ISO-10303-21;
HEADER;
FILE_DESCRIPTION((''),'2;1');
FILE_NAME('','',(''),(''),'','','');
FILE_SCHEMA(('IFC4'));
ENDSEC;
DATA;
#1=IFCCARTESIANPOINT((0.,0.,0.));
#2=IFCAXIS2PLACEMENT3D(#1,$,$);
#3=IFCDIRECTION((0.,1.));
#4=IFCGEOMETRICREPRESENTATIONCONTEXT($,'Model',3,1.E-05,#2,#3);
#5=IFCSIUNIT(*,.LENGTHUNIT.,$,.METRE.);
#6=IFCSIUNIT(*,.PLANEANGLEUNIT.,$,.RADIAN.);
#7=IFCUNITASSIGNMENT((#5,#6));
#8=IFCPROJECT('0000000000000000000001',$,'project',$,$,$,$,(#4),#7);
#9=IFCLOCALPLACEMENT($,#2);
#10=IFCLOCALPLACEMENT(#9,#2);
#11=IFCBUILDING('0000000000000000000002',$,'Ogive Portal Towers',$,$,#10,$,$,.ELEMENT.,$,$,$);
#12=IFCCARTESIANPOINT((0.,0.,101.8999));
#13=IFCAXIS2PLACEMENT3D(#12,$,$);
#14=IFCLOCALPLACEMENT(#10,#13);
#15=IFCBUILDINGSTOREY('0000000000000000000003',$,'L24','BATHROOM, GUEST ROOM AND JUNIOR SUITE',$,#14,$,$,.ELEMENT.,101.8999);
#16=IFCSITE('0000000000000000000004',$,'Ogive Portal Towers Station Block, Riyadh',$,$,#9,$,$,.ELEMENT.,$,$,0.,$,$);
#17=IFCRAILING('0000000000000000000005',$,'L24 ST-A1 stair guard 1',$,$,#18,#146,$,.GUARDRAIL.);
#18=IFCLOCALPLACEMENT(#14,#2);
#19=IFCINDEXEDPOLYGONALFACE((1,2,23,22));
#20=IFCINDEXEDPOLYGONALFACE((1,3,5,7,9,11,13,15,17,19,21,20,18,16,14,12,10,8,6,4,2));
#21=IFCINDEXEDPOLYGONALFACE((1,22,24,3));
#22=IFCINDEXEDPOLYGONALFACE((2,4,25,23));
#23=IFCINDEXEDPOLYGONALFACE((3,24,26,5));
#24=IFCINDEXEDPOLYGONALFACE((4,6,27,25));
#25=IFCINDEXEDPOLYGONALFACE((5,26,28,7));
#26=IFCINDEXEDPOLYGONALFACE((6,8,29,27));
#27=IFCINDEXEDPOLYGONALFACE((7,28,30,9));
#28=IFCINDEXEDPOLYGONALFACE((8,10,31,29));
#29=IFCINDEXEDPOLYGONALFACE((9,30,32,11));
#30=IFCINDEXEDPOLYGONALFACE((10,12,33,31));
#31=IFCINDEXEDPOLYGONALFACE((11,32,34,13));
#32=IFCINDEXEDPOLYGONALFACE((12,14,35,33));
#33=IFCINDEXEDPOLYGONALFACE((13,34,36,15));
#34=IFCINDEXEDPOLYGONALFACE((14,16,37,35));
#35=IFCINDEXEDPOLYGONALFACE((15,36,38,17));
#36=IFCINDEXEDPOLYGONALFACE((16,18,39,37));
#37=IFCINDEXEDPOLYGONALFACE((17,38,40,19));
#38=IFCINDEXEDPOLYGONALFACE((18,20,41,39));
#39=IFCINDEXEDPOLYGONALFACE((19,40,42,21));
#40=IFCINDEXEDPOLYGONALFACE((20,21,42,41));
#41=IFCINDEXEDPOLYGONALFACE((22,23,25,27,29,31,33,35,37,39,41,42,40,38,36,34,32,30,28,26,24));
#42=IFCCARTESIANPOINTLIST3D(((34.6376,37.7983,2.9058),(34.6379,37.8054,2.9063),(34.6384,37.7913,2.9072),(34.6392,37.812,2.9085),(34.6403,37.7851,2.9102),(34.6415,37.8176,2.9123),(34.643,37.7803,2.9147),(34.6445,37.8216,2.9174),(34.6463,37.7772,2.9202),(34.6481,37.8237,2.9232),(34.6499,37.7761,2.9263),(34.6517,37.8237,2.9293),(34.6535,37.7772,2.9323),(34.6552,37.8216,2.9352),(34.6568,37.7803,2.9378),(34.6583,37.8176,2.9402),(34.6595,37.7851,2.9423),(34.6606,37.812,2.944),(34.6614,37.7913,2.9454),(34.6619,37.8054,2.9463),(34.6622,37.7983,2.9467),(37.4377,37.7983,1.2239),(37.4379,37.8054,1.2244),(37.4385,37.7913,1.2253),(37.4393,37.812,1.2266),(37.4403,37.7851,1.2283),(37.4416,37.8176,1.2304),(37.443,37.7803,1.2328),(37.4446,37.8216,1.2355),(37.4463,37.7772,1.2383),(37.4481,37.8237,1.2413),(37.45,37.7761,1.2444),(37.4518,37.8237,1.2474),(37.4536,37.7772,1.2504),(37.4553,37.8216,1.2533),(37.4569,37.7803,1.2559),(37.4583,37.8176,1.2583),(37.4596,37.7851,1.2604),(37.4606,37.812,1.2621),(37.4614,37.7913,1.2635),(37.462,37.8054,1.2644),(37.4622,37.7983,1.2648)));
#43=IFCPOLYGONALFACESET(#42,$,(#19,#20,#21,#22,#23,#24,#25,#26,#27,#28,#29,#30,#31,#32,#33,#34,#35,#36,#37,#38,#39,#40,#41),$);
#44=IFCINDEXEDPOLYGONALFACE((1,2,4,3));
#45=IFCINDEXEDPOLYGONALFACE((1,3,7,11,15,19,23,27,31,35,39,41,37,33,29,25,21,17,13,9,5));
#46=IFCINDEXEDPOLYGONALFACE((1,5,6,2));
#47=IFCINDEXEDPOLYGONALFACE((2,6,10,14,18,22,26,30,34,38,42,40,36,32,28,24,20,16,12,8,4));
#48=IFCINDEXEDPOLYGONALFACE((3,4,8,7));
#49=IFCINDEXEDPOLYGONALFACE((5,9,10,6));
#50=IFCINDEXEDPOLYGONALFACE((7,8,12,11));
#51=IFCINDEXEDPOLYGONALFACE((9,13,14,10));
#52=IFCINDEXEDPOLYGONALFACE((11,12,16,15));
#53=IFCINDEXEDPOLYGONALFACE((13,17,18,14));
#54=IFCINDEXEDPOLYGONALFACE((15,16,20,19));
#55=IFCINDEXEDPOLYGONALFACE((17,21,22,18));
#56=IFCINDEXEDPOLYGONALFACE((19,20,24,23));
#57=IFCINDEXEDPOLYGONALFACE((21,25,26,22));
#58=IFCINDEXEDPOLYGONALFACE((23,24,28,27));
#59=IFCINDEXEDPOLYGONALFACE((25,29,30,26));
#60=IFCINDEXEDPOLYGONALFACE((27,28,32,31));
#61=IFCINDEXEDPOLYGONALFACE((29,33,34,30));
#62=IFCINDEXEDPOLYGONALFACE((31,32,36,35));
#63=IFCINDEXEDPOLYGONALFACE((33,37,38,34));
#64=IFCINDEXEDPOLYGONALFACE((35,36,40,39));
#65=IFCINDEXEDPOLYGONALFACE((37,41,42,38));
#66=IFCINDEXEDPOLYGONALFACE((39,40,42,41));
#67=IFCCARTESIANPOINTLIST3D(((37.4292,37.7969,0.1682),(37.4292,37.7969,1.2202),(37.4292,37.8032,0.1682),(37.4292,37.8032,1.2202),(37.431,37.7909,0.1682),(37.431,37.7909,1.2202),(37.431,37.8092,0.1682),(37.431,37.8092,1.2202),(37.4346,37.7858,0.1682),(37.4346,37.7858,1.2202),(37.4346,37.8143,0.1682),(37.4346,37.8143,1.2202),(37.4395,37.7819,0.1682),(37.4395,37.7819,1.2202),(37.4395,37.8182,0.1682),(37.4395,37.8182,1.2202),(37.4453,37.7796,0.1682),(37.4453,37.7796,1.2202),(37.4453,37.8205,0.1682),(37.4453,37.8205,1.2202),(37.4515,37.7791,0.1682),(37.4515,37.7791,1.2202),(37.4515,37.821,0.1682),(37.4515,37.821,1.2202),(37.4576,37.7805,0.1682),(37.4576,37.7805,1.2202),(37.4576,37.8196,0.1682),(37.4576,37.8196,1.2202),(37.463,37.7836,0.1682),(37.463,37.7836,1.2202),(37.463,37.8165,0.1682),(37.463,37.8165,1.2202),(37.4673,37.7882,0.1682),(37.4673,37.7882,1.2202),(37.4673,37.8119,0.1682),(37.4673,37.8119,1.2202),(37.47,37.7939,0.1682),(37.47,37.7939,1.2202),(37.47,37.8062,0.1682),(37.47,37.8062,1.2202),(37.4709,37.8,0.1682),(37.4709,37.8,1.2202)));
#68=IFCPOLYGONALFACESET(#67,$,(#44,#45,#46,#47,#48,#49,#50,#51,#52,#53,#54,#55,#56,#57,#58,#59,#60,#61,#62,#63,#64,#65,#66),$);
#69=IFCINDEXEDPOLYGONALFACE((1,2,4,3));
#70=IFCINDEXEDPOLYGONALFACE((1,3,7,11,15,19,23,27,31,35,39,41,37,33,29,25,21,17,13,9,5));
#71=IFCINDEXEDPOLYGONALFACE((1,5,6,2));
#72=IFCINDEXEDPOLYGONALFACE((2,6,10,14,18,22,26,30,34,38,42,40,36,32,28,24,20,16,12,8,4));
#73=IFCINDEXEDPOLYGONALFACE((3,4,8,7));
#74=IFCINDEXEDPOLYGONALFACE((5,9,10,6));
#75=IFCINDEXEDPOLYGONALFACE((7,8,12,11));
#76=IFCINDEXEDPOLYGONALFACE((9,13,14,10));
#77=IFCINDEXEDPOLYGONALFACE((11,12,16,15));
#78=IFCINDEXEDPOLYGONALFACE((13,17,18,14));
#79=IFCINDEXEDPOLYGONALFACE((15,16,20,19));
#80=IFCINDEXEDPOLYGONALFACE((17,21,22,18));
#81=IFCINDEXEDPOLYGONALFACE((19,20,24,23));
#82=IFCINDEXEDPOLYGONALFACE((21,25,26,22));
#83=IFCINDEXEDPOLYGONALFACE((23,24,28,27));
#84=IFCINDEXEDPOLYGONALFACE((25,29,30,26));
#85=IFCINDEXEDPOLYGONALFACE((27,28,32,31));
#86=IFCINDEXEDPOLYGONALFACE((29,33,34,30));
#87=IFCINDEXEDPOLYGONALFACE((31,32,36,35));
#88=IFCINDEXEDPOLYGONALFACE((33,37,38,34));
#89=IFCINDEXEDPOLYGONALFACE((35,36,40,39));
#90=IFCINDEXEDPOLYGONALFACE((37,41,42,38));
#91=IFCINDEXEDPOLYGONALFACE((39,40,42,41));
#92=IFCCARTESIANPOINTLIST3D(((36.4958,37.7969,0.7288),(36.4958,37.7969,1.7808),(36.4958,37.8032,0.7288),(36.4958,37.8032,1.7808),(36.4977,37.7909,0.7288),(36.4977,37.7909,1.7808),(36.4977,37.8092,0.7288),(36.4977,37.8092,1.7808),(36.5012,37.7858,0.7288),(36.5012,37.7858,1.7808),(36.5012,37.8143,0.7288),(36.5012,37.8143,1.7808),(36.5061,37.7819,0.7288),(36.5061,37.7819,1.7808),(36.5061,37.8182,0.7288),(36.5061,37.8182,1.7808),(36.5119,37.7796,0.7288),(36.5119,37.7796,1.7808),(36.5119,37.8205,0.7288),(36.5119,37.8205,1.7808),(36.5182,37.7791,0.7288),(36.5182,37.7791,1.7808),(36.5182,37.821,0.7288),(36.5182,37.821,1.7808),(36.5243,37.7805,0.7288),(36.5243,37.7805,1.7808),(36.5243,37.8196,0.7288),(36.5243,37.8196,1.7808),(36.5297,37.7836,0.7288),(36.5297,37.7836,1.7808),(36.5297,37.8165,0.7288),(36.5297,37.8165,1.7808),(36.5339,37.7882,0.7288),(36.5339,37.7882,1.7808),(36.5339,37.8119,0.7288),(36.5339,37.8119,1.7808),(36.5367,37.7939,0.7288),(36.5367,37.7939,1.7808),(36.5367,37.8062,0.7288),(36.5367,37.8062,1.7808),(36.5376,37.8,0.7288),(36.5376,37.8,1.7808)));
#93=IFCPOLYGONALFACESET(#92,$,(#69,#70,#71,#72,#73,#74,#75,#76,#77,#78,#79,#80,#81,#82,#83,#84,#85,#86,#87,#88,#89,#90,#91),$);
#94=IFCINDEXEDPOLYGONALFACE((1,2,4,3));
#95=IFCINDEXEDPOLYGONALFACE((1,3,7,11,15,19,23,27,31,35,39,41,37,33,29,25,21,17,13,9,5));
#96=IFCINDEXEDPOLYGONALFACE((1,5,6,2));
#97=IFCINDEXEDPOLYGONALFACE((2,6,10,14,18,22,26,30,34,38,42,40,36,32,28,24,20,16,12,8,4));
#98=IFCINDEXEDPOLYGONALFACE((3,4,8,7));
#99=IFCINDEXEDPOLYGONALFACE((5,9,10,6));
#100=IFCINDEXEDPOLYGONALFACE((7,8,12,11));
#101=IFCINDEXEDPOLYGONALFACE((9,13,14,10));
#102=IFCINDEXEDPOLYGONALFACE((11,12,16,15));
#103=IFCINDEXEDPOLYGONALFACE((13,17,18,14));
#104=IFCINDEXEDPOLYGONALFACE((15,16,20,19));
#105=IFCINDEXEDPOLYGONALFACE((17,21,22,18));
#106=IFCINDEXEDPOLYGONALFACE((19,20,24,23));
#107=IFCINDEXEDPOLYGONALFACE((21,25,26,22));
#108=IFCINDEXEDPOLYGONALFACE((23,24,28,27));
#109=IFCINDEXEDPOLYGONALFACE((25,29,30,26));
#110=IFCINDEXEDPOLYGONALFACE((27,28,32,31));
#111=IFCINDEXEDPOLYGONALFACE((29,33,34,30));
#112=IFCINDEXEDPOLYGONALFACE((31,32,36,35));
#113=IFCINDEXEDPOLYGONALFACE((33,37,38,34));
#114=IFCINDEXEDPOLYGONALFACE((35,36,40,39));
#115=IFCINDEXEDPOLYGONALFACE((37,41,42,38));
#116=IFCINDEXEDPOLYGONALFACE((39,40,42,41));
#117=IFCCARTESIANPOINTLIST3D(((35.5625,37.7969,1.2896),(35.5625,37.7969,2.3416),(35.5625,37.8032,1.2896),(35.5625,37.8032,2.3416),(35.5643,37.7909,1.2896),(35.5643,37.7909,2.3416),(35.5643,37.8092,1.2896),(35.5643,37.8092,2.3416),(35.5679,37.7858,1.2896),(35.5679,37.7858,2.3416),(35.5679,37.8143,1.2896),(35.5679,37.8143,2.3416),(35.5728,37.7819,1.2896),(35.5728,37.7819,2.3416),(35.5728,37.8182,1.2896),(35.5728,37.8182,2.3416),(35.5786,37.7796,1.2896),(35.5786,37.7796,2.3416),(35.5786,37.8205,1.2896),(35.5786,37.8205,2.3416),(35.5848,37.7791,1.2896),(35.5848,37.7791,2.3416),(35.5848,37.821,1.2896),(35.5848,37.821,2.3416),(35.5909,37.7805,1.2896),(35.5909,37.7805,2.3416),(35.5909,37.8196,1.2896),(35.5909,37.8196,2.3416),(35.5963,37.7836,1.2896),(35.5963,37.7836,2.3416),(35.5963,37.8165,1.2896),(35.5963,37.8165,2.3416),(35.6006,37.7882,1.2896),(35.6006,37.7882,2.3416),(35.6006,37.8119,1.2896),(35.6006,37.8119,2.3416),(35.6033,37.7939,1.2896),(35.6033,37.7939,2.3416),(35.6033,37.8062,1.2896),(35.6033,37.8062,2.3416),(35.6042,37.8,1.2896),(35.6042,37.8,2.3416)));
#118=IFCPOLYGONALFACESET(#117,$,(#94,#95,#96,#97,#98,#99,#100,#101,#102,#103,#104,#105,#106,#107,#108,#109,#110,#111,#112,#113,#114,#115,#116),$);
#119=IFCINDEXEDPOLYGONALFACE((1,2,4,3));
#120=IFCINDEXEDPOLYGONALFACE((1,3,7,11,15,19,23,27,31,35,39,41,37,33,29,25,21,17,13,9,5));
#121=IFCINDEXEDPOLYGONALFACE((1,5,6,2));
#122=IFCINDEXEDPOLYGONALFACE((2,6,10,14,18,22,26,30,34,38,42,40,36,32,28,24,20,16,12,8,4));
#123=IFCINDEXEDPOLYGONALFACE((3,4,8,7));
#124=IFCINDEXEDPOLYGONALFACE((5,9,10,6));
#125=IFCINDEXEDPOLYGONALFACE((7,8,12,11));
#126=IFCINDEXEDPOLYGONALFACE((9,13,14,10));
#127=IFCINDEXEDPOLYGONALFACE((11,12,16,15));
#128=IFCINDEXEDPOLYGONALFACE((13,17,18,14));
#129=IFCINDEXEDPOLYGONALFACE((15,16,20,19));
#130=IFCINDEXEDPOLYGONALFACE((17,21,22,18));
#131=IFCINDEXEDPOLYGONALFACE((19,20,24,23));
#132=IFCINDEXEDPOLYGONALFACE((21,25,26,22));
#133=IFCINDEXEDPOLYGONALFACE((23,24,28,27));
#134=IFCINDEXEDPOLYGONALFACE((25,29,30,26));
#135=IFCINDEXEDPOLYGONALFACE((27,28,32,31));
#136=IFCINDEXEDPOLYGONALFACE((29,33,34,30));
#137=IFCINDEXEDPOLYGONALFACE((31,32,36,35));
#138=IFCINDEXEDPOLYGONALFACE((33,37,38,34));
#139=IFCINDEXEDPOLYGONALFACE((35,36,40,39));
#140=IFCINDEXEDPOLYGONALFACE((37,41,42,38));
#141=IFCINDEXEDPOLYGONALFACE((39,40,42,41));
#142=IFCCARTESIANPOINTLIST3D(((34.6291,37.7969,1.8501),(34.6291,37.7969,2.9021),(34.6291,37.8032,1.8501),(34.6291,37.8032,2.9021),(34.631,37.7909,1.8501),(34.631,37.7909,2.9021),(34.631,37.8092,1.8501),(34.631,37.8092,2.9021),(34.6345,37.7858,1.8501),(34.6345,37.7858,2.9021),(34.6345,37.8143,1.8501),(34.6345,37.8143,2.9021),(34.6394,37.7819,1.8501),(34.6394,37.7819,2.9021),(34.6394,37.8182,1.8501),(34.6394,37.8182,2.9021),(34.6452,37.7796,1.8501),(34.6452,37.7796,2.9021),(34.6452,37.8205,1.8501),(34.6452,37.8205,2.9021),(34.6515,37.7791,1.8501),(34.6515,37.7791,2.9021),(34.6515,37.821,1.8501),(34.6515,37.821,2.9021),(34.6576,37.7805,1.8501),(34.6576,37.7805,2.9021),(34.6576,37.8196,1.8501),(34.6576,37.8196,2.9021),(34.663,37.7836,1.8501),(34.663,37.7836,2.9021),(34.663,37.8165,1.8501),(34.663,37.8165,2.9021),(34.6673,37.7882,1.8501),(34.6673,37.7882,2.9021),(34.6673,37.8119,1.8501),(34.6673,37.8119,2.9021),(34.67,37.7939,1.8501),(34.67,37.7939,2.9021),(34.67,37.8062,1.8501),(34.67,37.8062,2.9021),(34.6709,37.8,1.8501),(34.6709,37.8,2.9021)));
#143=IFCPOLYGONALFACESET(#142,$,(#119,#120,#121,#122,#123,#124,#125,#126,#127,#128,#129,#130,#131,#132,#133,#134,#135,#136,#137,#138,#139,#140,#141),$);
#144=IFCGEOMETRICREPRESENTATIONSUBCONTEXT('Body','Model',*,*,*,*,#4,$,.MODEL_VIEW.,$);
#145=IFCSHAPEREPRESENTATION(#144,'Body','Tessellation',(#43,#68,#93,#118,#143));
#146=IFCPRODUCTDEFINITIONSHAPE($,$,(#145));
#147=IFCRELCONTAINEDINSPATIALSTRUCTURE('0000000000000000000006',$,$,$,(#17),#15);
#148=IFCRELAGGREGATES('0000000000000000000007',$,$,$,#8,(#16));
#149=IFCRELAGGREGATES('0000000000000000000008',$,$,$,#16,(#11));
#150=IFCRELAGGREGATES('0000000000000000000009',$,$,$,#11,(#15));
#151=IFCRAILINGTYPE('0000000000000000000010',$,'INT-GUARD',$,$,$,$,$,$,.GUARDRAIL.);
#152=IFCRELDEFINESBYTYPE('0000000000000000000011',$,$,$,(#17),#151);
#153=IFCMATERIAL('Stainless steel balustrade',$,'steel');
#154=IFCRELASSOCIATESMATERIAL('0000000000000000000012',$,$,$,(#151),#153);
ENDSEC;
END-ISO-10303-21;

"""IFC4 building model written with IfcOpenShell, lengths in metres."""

from ifc_helpers import new_model, si_unit, direction, frame, origin, origin_2d, place, context, subcontext, project, spatial, circle, extrude, material, type_object, element, save


model = new_model("IFC4")

# Units and contexts
model_context = context("Model", 3, precision=1e-05, world=origin(), true_north=direction((0.0, 1.0)))
body_context = subcontext(model_context, "Body", "Model", "MODEL_VIEW")
ifc_project = project(units=[si_unit("LENGTHUNIT", "METRE"), si_unit("PLANEANGLEUNIT", "RADIAN")], contexts=[model_context])

# Site, building, storey
site_placement = place(None, origin())
site = spatial("IfcSite", under=ifc_project, at=site_placement, Name="Ogive Portal Towers Station Block, Riyadh", CompositionType="ELEMENT", RefElevation=0.0)
building_placement = place(site_placement, origin())
building = spatial("IfcBuilding", under=site, at=building_placement, Name="Ogive Portal Towers", CompositionType="ELEMENT")
storey_placement = place(building_placement, frame((0.0, 0.0, 101.8999)))
storey = spatial("IfcBuildingStorey", under=building, at=storey_placement, Name="L24", Description="BATHROOM, GUEST ROOM AND JUNIOR SUITE", CompositionType="ELEMENT", Elevation=101.8999)

# Railing
ifc_material_1 = material(Name="Stainless steel balustrade", Category="steel")
railing_type_1 = type_object("IfcRailingType", Name="INT-GUARD", PredefinedType="GUARDRAIL", material=ifc_material_1)
railing_1_placement = place(storey_placement, frame((37.45, 37.8, 0.1682)))
element("IfcRailing", 1, at=railing_1_placement, inside=storey, type_object=railing_type_1, Name="L24 ST-A1 stair guard 1", PredefinedType="GUARDRAIL", context=body_context, shape_type="SweptSolid", body=[
    extrude(circle(Radius=0.0239, at=origin_2d()), frame((0.0, 0.0, 1.0762), z_axis=(-0.857242, 0.0, 0.514913), x_axis=(0.0, -1.0, 0.0)), (0.0, 0.0, 1.0), 3.2664),
    extrude(circle(Radius=0.021, at=origin_2d()), origin(), (0.0, 0.0, 1.0), 1.052),
    extrude(circle(Radius=0.021, at=origin_2d()), frame((-0.9333, 0.0, 0.5605)), (0.0, 0.0, 1.0), 1.052),
    extrude(circle(Radius=0.021, at=origin_2d()), frame((-1.8667, 0.0, 1.1213)), (0.0, 0.0, 1.0), 1.052),
    extrude(circle(Radius=0.021, at=origin_2d()), frame((-2.8, 0.0, 1.6819)), (0.0, 0.0, 1.0), 1.052),
])

save(model, "model.ifc")
